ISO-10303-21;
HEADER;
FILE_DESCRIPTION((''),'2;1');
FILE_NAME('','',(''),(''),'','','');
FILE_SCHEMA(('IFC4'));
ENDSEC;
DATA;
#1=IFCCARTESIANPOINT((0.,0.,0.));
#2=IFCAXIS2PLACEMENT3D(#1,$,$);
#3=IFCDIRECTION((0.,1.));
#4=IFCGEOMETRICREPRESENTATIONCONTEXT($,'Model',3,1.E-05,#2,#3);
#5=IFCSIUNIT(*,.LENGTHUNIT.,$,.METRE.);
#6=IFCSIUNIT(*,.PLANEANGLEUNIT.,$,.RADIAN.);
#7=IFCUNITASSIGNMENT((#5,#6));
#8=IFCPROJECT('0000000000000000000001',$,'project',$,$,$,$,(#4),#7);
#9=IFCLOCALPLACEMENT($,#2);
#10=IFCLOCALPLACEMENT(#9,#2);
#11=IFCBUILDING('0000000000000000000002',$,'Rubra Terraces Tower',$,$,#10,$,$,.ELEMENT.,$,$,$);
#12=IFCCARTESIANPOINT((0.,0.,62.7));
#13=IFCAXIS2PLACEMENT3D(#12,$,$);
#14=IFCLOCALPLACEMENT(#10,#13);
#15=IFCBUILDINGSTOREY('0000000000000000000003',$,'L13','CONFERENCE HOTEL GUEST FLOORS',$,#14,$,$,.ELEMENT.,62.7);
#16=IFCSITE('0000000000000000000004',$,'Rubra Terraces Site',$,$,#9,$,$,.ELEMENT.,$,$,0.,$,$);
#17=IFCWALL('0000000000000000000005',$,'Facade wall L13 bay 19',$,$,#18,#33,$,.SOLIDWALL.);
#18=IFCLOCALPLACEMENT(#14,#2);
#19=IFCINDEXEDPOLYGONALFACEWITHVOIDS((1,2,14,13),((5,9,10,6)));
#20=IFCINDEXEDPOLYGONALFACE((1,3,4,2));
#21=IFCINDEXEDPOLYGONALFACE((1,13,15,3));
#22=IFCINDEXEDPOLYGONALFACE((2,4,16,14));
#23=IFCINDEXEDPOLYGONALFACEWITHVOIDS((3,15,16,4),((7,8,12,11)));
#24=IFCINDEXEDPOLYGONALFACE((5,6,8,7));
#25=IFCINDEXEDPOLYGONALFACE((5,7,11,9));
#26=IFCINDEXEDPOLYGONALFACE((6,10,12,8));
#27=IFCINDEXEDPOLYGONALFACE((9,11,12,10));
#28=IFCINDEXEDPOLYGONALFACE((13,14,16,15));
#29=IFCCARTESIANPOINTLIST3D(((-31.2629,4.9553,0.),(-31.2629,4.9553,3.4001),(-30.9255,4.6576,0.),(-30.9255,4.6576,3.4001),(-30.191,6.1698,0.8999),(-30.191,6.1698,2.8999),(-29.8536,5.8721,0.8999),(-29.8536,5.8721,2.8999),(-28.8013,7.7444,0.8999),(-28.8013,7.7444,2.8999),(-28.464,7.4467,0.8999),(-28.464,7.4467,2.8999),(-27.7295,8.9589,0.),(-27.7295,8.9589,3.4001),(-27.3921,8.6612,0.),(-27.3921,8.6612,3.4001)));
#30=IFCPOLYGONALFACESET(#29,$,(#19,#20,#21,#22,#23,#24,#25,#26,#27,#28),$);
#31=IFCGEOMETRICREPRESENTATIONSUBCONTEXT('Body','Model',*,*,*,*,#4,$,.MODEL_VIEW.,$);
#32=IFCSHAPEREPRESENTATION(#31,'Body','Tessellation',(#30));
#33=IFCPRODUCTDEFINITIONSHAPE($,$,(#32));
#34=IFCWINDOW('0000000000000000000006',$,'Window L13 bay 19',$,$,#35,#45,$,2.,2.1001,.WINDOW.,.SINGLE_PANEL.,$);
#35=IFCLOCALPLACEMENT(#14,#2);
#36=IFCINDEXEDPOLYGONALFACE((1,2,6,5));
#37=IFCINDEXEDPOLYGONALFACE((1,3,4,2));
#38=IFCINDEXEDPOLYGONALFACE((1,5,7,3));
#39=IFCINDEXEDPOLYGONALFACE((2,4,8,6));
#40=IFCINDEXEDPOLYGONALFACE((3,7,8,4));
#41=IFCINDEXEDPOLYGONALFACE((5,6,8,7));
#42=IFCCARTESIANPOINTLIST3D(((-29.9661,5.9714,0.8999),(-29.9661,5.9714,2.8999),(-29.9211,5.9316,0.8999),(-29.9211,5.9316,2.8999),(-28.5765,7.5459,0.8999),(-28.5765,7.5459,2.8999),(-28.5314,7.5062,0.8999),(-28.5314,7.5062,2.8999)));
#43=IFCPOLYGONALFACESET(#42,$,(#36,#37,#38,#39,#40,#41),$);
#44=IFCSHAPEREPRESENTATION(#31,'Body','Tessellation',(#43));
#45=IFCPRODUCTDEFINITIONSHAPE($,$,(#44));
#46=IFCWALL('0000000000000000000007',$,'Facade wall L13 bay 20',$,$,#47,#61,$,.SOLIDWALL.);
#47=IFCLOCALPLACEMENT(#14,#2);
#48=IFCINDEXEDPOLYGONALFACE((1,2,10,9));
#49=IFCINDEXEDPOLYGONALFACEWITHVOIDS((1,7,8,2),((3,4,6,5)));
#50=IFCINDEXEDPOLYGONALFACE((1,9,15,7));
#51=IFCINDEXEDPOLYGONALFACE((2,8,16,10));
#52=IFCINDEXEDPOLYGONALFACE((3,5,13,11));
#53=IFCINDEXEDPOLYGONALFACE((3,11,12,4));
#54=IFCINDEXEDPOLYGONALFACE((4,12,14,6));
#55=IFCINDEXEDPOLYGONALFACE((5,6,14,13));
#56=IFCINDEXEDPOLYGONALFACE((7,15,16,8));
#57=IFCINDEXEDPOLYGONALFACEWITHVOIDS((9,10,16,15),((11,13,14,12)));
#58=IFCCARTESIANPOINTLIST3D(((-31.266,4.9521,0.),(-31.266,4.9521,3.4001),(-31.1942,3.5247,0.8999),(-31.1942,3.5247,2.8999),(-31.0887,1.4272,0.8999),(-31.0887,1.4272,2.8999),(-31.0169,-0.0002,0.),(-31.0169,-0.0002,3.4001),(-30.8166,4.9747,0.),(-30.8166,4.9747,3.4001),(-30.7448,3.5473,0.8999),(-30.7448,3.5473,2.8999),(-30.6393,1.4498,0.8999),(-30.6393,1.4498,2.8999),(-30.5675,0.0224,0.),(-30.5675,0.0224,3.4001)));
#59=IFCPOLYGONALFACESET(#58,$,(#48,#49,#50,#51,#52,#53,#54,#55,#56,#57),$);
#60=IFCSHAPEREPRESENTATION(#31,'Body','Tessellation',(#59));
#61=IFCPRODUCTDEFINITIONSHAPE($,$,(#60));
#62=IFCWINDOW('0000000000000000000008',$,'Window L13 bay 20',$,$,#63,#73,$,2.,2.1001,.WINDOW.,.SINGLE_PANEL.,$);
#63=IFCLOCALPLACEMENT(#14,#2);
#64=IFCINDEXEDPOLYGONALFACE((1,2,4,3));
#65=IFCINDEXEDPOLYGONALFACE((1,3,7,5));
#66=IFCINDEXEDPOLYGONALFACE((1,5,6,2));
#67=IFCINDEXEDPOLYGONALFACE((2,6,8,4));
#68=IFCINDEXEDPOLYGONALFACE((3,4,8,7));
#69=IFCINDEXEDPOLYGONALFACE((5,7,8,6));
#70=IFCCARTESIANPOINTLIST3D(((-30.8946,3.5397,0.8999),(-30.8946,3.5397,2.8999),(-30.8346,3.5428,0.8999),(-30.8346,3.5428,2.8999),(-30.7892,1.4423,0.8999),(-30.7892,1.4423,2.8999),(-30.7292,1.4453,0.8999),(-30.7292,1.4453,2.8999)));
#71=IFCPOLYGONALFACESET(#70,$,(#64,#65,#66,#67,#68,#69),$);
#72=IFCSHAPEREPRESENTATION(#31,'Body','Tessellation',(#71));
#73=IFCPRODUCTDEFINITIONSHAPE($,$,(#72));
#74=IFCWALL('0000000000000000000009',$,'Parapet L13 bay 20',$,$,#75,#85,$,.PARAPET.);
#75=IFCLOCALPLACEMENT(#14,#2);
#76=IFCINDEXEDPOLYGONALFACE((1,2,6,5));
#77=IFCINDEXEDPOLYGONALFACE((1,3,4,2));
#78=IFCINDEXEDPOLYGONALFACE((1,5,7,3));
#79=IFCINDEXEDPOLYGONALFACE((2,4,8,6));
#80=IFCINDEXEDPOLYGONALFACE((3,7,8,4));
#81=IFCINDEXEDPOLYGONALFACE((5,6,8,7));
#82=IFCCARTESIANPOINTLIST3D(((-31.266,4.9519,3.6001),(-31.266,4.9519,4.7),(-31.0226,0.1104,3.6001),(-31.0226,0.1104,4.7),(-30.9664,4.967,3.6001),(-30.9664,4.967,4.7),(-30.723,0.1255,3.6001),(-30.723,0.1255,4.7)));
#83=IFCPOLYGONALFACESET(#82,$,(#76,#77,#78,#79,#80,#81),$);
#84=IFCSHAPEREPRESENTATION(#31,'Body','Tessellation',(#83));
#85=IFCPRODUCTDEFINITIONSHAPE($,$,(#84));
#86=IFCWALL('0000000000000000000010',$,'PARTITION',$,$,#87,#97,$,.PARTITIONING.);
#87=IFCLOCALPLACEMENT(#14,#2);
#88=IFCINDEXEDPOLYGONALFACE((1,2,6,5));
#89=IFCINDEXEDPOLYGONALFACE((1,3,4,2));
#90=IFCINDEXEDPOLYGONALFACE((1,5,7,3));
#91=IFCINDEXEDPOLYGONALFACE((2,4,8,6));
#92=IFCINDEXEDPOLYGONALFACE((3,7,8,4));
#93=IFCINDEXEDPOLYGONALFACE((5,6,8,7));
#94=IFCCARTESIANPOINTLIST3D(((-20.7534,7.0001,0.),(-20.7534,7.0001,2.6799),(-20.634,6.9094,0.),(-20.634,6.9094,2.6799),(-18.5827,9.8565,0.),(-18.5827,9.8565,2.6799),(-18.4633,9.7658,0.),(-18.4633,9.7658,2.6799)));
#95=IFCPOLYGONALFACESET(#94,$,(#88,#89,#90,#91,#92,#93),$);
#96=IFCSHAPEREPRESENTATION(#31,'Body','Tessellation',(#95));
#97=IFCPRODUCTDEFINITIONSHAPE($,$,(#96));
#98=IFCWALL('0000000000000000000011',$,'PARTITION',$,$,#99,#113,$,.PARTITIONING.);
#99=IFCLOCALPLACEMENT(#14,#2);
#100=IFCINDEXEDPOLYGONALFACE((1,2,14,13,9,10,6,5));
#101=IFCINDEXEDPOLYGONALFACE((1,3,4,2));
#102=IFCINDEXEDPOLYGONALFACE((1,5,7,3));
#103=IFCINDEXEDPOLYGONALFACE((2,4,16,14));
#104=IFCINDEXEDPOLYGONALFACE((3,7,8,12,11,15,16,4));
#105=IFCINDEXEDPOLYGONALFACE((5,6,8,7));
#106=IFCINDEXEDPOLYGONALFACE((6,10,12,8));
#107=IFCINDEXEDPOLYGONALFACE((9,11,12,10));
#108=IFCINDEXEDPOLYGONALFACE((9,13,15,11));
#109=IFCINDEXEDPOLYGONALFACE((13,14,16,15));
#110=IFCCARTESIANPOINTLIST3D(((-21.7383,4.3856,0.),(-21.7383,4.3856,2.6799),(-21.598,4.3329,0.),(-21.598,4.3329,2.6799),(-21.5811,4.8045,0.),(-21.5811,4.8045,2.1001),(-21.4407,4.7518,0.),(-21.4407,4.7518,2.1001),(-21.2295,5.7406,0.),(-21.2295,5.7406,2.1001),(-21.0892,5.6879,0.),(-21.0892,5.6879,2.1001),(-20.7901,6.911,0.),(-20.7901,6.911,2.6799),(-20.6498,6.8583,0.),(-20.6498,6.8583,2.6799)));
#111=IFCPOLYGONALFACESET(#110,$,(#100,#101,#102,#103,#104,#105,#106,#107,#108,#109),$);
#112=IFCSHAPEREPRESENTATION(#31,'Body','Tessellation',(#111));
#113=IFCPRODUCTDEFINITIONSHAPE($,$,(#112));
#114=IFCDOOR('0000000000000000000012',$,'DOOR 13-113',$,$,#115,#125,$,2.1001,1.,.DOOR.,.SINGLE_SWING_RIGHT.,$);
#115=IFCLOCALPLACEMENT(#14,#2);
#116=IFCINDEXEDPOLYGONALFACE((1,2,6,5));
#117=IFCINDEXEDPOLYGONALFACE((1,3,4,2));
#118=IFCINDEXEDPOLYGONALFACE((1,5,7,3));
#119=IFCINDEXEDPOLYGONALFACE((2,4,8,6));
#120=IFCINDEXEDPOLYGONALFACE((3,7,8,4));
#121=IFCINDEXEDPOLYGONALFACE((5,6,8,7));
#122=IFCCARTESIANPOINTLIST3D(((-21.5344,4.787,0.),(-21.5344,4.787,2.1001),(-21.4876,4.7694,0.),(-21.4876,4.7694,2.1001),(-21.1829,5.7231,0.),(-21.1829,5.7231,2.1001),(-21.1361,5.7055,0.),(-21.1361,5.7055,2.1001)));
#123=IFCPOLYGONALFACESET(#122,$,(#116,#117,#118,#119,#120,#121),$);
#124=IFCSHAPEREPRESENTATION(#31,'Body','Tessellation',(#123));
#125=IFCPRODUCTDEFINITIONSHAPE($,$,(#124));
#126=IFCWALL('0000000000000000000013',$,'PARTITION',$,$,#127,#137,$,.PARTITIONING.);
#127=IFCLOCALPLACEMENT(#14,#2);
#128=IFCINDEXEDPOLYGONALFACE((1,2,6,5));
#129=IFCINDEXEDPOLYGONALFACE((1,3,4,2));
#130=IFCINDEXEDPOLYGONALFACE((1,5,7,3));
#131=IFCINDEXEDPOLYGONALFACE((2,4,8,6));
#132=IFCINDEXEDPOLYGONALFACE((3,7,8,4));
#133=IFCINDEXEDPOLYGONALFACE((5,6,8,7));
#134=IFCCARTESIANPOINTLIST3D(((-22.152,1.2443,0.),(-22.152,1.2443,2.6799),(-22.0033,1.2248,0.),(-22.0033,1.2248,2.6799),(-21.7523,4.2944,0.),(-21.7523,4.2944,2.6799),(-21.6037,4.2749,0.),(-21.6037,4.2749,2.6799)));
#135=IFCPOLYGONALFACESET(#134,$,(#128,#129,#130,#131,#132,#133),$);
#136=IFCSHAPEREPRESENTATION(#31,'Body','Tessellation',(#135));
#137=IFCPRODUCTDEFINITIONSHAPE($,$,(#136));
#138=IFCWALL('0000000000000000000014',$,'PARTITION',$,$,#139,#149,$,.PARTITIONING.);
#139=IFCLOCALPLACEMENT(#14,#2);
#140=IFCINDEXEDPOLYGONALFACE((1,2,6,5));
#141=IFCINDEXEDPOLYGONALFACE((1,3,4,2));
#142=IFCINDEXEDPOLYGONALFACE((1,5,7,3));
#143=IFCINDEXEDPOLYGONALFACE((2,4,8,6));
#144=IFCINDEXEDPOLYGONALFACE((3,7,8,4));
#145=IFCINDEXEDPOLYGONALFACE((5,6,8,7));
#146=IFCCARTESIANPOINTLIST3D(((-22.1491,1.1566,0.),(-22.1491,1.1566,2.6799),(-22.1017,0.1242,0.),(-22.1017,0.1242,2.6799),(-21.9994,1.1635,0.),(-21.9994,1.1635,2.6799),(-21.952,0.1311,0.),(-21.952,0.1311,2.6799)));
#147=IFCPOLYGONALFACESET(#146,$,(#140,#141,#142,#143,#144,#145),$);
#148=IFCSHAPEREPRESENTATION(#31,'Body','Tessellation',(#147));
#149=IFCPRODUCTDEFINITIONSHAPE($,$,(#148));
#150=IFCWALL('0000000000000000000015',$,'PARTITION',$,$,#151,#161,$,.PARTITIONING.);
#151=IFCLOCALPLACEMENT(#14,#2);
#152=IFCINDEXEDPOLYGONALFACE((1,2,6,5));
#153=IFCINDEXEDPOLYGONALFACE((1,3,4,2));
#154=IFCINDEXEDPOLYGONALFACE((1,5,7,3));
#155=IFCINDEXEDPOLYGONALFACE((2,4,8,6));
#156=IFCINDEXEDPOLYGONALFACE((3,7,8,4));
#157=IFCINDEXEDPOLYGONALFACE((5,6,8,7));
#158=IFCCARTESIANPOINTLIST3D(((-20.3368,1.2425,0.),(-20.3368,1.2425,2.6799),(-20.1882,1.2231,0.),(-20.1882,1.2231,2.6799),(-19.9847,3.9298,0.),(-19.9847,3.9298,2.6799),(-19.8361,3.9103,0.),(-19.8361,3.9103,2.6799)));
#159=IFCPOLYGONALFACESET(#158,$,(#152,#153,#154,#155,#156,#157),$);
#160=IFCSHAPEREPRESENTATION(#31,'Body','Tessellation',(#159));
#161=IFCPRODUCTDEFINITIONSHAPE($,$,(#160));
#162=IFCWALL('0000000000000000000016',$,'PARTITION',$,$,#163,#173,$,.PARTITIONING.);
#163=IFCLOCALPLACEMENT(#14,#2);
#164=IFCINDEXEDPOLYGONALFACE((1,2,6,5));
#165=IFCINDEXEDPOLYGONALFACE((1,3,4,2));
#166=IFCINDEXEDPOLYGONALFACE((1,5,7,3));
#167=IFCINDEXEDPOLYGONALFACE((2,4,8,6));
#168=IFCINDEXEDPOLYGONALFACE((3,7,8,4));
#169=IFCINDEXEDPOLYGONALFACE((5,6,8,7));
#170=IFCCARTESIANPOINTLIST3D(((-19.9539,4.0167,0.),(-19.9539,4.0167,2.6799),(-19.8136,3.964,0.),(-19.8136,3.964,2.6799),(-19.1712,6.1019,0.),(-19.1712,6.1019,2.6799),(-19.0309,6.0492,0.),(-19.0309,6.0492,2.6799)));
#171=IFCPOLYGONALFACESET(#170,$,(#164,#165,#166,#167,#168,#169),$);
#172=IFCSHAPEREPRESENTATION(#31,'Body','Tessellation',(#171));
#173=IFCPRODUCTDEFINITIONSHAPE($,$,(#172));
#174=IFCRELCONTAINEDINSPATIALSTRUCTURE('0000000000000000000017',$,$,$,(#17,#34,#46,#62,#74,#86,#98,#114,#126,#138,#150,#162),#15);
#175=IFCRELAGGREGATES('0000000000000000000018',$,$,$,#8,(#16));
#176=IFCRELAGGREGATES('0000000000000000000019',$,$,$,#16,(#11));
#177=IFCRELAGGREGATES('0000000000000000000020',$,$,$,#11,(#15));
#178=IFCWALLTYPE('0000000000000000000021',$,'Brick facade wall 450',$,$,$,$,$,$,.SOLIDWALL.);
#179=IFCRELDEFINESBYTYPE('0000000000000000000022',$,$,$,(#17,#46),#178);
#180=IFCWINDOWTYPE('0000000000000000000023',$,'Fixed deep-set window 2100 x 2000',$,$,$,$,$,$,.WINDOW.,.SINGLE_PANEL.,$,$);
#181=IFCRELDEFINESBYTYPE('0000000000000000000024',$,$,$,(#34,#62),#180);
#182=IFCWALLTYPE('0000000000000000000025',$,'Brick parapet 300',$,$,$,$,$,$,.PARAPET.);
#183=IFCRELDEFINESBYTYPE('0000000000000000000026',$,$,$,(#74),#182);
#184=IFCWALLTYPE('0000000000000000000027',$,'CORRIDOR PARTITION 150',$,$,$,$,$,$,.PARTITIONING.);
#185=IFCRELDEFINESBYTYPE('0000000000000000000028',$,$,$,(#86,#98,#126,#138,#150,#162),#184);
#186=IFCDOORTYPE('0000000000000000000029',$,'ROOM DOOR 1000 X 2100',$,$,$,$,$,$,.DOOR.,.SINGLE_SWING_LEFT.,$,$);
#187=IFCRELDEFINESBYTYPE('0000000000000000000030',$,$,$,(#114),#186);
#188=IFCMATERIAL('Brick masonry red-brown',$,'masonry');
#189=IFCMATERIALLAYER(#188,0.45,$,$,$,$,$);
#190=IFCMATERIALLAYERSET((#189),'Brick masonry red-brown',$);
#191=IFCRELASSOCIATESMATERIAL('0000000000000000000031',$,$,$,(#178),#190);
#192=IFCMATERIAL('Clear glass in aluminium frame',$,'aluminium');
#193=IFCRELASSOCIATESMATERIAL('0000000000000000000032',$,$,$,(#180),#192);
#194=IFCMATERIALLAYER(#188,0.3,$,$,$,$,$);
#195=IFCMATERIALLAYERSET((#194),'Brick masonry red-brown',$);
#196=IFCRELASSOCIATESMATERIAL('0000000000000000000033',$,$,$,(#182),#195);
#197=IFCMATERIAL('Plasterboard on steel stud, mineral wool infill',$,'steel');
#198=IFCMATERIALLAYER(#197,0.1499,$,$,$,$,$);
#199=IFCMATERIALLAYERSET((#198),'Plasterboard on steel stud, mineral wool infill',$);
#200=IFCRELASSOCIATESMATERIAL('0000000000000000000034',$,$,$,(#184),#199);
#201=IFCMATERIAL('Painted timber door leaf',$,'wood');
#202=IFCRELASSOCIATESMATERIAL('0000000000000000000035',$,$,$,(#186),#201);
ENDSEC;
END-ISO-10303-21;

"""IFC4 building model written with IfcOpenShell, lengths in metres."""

from ifc_helpers import new_model, si_unit, direction, frame, frame_2d, origin, place, context, subcontext, project, spatial, rectangle, extrude, material, layer, layer_set, type_object, element, fill, save


model = new_model("IFC4")

# Units and contexts
model_context = context("Model", 3, precision=1e-05, world=origin(), true_north=direction((0.0, 1.0)))
body_context = subcontext(model_context, "Body", "Model", "MODEL_VIEW")
ifc_project = project(units=[si_unit("LENGTHUNIT", "METRE"), si_unit("PLANEANGLEUNIT", "RADIAN")], contexts=[model_context])

# Site, building, storey
site_placement = place(None, origin())
site = spatial("IfcSite", under=ifc_project, at=site_placement, Name="Rubra Terraces Site", CompositionType="ELEMENT", RefElevation=0.0)
building_placement = place(site_placement, origin())
building = spatial("IfcBuilding", under=site, at=building_placement, Name="Rubra Terraces Tower", CompositionType="ELEMENT")
storey_placement = place(building_placement, frame((0.0, 0.0, 62.7)))
storey = spatial("IfcBuildingStorey", under=building, at=storey_placement, Name="L13", Description="CONFERENCE HOTEL GUEST FLOORS", CompositionType="ELEMENT", Elevation=62.7)

# Walls, openings, windows
ifc_material_1 = material(Name="Brick masonry red-brown", Category="masonry")
ifc_layer_1 = layer(ifc_material_1, 0.45)
ifc_layer_set_1 = layer_set([ifc_layer_1], Name="Brick masonry red-brown")
wall_type_1 = type_object("IfcWallType", Name="Brick facade wall 450", PredefinedType="SOLIDWALL", material=ifc_layer_set_1)
wall_1_placement = place(storey_placement, frame((-27.5608, 8.8101, 0.0), z_axis=(0.0, 0.0, 1.0), x_axis=(-0.661706, -0.749763, 0.0)))
wall_1 = element("IfcWall", 1, at=wall_1_placement, inside=storey, type_object=wall_type_1, Name="Facade wall L13 bay 19", PredefinedType="SOLIDWALL", context=body_context, shape_type="SweptSolid", body=[
    extrude(rectangle(XDim=5.3398, YDim=0.45, at=frame_2d((2.6699, 0.0))), origin(), (0.0, 0.0, 1.0), 3.4001),
])
opening_1_placement = place(wall_1_placement, frame((1.6199, 0.0, 0.8999)))
opening_1 = element("IfcOpeningElement", 2, at=opening_1_placement, cuts=wall_1, PredefinedType="OPENING", context=body_context, shape_type="SweptSolid", body=[
    extrude(rectangle(XDim=2.1001, YDim=2.0, at=frame_2d((1.05, 1.0))), frame((0.0, 0.2349, 0.0), z_axis=(0.0, -1.0, 0.0), x_axis=(1.0, 0.0, 0.0)), (0.0, 0.0, 1.0), 0.47),
])
ifc_material_2 = material(Name="Clear glass in aluminium frame", Category="aluminium")
window_type = type_object("IfcWindowType", Name="Fixed deep-set window 2100 x 2000", PartitioningType="SINGLE_PANEL", PredefinedType="WINDOW", material=ifc_material_2)
window_1_placement = place(opening_1_placement, origin())
window_1 = element("IfcWindow", 3, at=window_1_placement, inside=storey, type_object=window_type, Name="Window L13 bay 19", OverallHeight=2.0, OverallWidth=2.1001, PartitioningType="SINGLE_PANEL", PredefinedType="WINDOW", context=body_context, shape_type="SweptSolid", body=[
    extrude(rectangle(XDim=2.1001, YDim=2.0, at=frame_2d((1.05, 1.0))), frame((0.0, 0.135, 0.0), z_axis=(0.0, -1.0, 0.0), x_axis=(1.0, 0.0, 0.0)), (0.0, 0.0, 1.0), 0.0601),
])
fill(opening_1, window_1)
wall_2_placement = place(storey_placement, frame((-31.0413, 4.9634, 0.0), z_axis=(0.0, 0.0, 1.0), x_axis=(0.050222, -0.998738, 0.0)))
wall_2 = element("IfcWall", 4, at=wall_2_placement, inside=storey, type_object=wall_type_1, Name="Facade wall L13 bay 20", PredefinedType="SOLIDWALL", context=body_context, shape_type="SweptSolid", body=[
    extrude(rectangle(XDim=4.9585, YDim=0.45, at=frame_2d((2.4792, 0.0))), origin(), (0.0, 0.0, 1.0), 3.4001),
])
opening_2_placement = place(wall_2_placement, frame((1.4292, 0.0, 0.8999)))
opening_2 = element("IfcOpeningElement", 5, at=opening_2_placement, cuts=wall_2, PredefinedType="OPENING", context=body_context, shape_type="SweptSolid", body=[
    extrude(rectangle(XDim=2.1001, YDim=2.0, at=frame_2d((1.05, 1.0))), frame((0.0, 0.2349, 0.0), z_axis=(0.0, -1.0, 0.0), x_axis=(1.0, 0.0, 0.0)), (0.0, 0.0, 1.0), 0.47),
])
window_2_placement = place(opening_2_placement, origin())
window_2 = element("IfcWindow", 6, at=window_2_placement, inside=storey, type_object=window_type, Name="Window L13 bay 20", OverallHeight=2.0, OverallWidth=2.1001, PartitioningType="SINGLE_PANEL", PredefinedType="WINDOW", context=body_context, shape_type="SweptSolid", body=[
    extrude(rectangle(XDim=2.1001, YDim=2.0, at=frame_2d((1.05, 1.0))), frame((0.0, 0.135, 0.0), z_axis=(0.0, -1.0, 0.0), x_axis=(1.0, 0.0, 0.0)), (0.0, 0.0, 1.0), 0.0601),
])
fill(opening_2, window_2)

# Walls
ifc_layer_2 = layer(ifc_material_1, 0.3)
ifc_layer_set_2 = layer_set([ifc_layer_2], Name="Brick masonry red-brown")
wall_type_2 = type_object("IfcWallType", Name="Brick parapet 300", PredefinedType="PARAPET", material=ifc_layer_set_2)
wall_3_placement = place(storey_placement, frame((-31.1162, 4.9595, 3.6001), z_axis=(0.0, 0.0, 1.0), x_axis=(0.050211, -0.998739, 0.0)))
element("IfcWall", 7, at=wall_3_placement, inside=storey, type_object=wall_type_2, Name="Parapet L13 bay 20", PredefinedType="PARAPET", context=body_context, shape_type="SweptSolid", body=[
    extrude(rectangle(XDim=4.8477, YDim=0.3, at=frame_2d((2.4238, 0.0))), origin(), (0.0, 0.0, 1.0), 1.0999),
])
ifc_material_3 = material(Name="Plasterboard on steel stud, mineral wool infill", Category="steel")
ifc_layer_3 = layer(ifc_material_3, 0.1499)
ifc_layer_set_3 = layer_set([ifc_layer_3], Name="Plasterboard on steel stud, mineral wool infill")
wall_type_3 = type_object("IfcWallType", Name="CORRIDOR PARTITION 150", PredefinedType="PARTITIONING", material=ifc_layer_set_3)
wall_4_placement = place(storey_placement, frame((-18.5229, 9.8113, 0.0), z_axis=(0.0, 0.0, 1.0), x_axis=(-0.60504, -0.796195, 0.0)))
element("IfcWall", 8, at=wall_4_placement, inside=storey, type_object=wall_type_3, Name="PARTITION", PredefinedType="PARTITIONING", context=body_context, shape_type="SweptSolid", body=[
    extrude(rectangle(XDim=3.5876, YDim=0.1499, at=frame_2d((1.7939, 0.0))), origin(), (0.0, 0.0, 1.0), 2.6799),
])

# Wall, opening, door
wall_5_placement = place(storey_placement, frame((-20.72, 6.8845, 0.0), z_axis=(0.0, 0.0, 1.0), x_axis=(-0.35152, -0.93618, 0.0)))
wall_5 = element("IfcWall", 9, at=wall_5_placement, inside=storey, type_object=wall_type_3, Name="PARTITION", PredefinedType="PARTITIONING", context=body_context, shape_type="SweptSolid", body=[
    extrude(rectangle(XDim=2.6975, YDim=0.1499, at=frame_2d((1.3486, 0.0))), origin(), (0.0, 0.0, 1.0), 2.6799),
])
opening_3_placement = place(wall_5_placement, frame((1.25, 0.0, 0.0)))
opening_3 = element("IfcOpeningElement", 10, at=opening_3_placement, cuts=wall_5, PredefinedType="OPENING", context=body_context, shape_type="SweptSolid", body=[
    extrude(rectangle(XDim=1.0, YDim=2.1001, at=frame_2d((0.5, 1.05))), frame((0.0, 0.085, 0.0), z_axis=(0.0, -1.0, 0.0), x_axis=(1.0, 0.0, 0.0)), (0.0, 0.0, 1.0), 0.1699),
])
ifc_material_4 = material(Name="Painted timber door leaf", Category="wood")
door_type_1 = type_object("IfcDoorType", Name="ROOM DOOR 1000 X 2100", OperationType="SINGLE_SWING_LEFT", PredefinedType="DOOR", material=ifc_material_4)
door_1_placement = place(opening_3_placement, origin())
door_1 = element("IfcDoor", 11, at=door_1_placement, inside=storey, type_object=door_type_1, Name="DOOR 13-113", OperationType="SINGLE_SWING_RIGHT", OverallHeight=2.1001, OverallWidth=1.0, PredefinedType="DOOR", context=body_context, shape_type="SweptSolid", body=[
    extrude(rectangle(XDim=1.0, YDim=2.1001, at=frame_2d((0.5, 1.05))), frame((0.0, 0.0249, 0.0), z_axis=(0.0, -1.0, 0.0), x_axis=(1.0, 0.0, 0.0)), (0.0, 0.0, 1.0), 0.05),
])
fill(opening_3, door_1)

# Walls
wall_6_placement = place(storey_placement, frame((-21.678, 4.2847, 0.0), z_axis=(0.0, 0.0, 1.0), x_axis=(-0.129923, -0.991524, 0.0)))
element("IfcWall", 12, at=wall_6_placement, inside=storey, type_object=wall_type_3, Name="PARTITION", PredefinedType="PARTITIONING", context=body_context, shape_type="SweptSolid", body=[
    extrude(rectangle(XDim=3.0762, YDim=0.1499, at=frame_2d((1.5381, 0.0))), origin(), (0.0, 0.0, 1.0), 2.6799),
])
wall_7_placement = place(storey_placement, frame((-22.0742, 1.1599, 0.0), z_axis=(0.0, 0.0, 1.0), x_axis=(0.045826, -0.998949, 0.0)))
element("IfcWall", 13, at=wall_7_placement, inside=storey, type_object=wall_type_3, Name="PARTITION", PredefinedType="PARTITIONING", context=body_context, shape_type="SweptSolid", body=[
    extrude(rectangle(XDim=1.0334, YDim=0.1499, at=frame_2d((0.5166, 0.0))), origin(), (0.0, 0.0, 1.0), 2.6799),
])
wall_8_placement = place(storey_placement, frame((-20.2625, 1.2329, 0.0), z_axis=(0.0, 0.0, 1.0), x_axis=(0.129898, 0.991527, 0.0)))
element("IfcWall", 14, at=wall_8_placement, inside=storey, type_object=wall_type_3, Name="PARTITION", PredefinedType="PARTITIONING", context=body_context, shape_type="SweptSolid", body=[
    extrude(rectangle(XDim=2.7102, YDim=0.1499, at=frame_2d((1.355, 0.0))), origin(), (0.0, 0.0, 1.0), 2.6799),
])
wall_9_placement = place(storey_placement, frame((-19.8838, 3.9902, 0.0), z_axis=(0.0, 0.0, 1.0), x_axis=(0.351424, 0.936217, 0.0)))
element("IfcWall", 15, at=wall_9_placement, inside=storey, type_object=wall_type_3, Name="PARTITION", PredefinedType="PARTITIONING", context=body_context, shape_type="SweptSolid", body=[
    extrude(rectangle(XDim=2.2273, YDim=0.1499, at=frame_2d((1.1138, 0.0))), origin(), (0.0, 0.0, 1.0), 2.6799),
])

save(model, "model.ifc")
